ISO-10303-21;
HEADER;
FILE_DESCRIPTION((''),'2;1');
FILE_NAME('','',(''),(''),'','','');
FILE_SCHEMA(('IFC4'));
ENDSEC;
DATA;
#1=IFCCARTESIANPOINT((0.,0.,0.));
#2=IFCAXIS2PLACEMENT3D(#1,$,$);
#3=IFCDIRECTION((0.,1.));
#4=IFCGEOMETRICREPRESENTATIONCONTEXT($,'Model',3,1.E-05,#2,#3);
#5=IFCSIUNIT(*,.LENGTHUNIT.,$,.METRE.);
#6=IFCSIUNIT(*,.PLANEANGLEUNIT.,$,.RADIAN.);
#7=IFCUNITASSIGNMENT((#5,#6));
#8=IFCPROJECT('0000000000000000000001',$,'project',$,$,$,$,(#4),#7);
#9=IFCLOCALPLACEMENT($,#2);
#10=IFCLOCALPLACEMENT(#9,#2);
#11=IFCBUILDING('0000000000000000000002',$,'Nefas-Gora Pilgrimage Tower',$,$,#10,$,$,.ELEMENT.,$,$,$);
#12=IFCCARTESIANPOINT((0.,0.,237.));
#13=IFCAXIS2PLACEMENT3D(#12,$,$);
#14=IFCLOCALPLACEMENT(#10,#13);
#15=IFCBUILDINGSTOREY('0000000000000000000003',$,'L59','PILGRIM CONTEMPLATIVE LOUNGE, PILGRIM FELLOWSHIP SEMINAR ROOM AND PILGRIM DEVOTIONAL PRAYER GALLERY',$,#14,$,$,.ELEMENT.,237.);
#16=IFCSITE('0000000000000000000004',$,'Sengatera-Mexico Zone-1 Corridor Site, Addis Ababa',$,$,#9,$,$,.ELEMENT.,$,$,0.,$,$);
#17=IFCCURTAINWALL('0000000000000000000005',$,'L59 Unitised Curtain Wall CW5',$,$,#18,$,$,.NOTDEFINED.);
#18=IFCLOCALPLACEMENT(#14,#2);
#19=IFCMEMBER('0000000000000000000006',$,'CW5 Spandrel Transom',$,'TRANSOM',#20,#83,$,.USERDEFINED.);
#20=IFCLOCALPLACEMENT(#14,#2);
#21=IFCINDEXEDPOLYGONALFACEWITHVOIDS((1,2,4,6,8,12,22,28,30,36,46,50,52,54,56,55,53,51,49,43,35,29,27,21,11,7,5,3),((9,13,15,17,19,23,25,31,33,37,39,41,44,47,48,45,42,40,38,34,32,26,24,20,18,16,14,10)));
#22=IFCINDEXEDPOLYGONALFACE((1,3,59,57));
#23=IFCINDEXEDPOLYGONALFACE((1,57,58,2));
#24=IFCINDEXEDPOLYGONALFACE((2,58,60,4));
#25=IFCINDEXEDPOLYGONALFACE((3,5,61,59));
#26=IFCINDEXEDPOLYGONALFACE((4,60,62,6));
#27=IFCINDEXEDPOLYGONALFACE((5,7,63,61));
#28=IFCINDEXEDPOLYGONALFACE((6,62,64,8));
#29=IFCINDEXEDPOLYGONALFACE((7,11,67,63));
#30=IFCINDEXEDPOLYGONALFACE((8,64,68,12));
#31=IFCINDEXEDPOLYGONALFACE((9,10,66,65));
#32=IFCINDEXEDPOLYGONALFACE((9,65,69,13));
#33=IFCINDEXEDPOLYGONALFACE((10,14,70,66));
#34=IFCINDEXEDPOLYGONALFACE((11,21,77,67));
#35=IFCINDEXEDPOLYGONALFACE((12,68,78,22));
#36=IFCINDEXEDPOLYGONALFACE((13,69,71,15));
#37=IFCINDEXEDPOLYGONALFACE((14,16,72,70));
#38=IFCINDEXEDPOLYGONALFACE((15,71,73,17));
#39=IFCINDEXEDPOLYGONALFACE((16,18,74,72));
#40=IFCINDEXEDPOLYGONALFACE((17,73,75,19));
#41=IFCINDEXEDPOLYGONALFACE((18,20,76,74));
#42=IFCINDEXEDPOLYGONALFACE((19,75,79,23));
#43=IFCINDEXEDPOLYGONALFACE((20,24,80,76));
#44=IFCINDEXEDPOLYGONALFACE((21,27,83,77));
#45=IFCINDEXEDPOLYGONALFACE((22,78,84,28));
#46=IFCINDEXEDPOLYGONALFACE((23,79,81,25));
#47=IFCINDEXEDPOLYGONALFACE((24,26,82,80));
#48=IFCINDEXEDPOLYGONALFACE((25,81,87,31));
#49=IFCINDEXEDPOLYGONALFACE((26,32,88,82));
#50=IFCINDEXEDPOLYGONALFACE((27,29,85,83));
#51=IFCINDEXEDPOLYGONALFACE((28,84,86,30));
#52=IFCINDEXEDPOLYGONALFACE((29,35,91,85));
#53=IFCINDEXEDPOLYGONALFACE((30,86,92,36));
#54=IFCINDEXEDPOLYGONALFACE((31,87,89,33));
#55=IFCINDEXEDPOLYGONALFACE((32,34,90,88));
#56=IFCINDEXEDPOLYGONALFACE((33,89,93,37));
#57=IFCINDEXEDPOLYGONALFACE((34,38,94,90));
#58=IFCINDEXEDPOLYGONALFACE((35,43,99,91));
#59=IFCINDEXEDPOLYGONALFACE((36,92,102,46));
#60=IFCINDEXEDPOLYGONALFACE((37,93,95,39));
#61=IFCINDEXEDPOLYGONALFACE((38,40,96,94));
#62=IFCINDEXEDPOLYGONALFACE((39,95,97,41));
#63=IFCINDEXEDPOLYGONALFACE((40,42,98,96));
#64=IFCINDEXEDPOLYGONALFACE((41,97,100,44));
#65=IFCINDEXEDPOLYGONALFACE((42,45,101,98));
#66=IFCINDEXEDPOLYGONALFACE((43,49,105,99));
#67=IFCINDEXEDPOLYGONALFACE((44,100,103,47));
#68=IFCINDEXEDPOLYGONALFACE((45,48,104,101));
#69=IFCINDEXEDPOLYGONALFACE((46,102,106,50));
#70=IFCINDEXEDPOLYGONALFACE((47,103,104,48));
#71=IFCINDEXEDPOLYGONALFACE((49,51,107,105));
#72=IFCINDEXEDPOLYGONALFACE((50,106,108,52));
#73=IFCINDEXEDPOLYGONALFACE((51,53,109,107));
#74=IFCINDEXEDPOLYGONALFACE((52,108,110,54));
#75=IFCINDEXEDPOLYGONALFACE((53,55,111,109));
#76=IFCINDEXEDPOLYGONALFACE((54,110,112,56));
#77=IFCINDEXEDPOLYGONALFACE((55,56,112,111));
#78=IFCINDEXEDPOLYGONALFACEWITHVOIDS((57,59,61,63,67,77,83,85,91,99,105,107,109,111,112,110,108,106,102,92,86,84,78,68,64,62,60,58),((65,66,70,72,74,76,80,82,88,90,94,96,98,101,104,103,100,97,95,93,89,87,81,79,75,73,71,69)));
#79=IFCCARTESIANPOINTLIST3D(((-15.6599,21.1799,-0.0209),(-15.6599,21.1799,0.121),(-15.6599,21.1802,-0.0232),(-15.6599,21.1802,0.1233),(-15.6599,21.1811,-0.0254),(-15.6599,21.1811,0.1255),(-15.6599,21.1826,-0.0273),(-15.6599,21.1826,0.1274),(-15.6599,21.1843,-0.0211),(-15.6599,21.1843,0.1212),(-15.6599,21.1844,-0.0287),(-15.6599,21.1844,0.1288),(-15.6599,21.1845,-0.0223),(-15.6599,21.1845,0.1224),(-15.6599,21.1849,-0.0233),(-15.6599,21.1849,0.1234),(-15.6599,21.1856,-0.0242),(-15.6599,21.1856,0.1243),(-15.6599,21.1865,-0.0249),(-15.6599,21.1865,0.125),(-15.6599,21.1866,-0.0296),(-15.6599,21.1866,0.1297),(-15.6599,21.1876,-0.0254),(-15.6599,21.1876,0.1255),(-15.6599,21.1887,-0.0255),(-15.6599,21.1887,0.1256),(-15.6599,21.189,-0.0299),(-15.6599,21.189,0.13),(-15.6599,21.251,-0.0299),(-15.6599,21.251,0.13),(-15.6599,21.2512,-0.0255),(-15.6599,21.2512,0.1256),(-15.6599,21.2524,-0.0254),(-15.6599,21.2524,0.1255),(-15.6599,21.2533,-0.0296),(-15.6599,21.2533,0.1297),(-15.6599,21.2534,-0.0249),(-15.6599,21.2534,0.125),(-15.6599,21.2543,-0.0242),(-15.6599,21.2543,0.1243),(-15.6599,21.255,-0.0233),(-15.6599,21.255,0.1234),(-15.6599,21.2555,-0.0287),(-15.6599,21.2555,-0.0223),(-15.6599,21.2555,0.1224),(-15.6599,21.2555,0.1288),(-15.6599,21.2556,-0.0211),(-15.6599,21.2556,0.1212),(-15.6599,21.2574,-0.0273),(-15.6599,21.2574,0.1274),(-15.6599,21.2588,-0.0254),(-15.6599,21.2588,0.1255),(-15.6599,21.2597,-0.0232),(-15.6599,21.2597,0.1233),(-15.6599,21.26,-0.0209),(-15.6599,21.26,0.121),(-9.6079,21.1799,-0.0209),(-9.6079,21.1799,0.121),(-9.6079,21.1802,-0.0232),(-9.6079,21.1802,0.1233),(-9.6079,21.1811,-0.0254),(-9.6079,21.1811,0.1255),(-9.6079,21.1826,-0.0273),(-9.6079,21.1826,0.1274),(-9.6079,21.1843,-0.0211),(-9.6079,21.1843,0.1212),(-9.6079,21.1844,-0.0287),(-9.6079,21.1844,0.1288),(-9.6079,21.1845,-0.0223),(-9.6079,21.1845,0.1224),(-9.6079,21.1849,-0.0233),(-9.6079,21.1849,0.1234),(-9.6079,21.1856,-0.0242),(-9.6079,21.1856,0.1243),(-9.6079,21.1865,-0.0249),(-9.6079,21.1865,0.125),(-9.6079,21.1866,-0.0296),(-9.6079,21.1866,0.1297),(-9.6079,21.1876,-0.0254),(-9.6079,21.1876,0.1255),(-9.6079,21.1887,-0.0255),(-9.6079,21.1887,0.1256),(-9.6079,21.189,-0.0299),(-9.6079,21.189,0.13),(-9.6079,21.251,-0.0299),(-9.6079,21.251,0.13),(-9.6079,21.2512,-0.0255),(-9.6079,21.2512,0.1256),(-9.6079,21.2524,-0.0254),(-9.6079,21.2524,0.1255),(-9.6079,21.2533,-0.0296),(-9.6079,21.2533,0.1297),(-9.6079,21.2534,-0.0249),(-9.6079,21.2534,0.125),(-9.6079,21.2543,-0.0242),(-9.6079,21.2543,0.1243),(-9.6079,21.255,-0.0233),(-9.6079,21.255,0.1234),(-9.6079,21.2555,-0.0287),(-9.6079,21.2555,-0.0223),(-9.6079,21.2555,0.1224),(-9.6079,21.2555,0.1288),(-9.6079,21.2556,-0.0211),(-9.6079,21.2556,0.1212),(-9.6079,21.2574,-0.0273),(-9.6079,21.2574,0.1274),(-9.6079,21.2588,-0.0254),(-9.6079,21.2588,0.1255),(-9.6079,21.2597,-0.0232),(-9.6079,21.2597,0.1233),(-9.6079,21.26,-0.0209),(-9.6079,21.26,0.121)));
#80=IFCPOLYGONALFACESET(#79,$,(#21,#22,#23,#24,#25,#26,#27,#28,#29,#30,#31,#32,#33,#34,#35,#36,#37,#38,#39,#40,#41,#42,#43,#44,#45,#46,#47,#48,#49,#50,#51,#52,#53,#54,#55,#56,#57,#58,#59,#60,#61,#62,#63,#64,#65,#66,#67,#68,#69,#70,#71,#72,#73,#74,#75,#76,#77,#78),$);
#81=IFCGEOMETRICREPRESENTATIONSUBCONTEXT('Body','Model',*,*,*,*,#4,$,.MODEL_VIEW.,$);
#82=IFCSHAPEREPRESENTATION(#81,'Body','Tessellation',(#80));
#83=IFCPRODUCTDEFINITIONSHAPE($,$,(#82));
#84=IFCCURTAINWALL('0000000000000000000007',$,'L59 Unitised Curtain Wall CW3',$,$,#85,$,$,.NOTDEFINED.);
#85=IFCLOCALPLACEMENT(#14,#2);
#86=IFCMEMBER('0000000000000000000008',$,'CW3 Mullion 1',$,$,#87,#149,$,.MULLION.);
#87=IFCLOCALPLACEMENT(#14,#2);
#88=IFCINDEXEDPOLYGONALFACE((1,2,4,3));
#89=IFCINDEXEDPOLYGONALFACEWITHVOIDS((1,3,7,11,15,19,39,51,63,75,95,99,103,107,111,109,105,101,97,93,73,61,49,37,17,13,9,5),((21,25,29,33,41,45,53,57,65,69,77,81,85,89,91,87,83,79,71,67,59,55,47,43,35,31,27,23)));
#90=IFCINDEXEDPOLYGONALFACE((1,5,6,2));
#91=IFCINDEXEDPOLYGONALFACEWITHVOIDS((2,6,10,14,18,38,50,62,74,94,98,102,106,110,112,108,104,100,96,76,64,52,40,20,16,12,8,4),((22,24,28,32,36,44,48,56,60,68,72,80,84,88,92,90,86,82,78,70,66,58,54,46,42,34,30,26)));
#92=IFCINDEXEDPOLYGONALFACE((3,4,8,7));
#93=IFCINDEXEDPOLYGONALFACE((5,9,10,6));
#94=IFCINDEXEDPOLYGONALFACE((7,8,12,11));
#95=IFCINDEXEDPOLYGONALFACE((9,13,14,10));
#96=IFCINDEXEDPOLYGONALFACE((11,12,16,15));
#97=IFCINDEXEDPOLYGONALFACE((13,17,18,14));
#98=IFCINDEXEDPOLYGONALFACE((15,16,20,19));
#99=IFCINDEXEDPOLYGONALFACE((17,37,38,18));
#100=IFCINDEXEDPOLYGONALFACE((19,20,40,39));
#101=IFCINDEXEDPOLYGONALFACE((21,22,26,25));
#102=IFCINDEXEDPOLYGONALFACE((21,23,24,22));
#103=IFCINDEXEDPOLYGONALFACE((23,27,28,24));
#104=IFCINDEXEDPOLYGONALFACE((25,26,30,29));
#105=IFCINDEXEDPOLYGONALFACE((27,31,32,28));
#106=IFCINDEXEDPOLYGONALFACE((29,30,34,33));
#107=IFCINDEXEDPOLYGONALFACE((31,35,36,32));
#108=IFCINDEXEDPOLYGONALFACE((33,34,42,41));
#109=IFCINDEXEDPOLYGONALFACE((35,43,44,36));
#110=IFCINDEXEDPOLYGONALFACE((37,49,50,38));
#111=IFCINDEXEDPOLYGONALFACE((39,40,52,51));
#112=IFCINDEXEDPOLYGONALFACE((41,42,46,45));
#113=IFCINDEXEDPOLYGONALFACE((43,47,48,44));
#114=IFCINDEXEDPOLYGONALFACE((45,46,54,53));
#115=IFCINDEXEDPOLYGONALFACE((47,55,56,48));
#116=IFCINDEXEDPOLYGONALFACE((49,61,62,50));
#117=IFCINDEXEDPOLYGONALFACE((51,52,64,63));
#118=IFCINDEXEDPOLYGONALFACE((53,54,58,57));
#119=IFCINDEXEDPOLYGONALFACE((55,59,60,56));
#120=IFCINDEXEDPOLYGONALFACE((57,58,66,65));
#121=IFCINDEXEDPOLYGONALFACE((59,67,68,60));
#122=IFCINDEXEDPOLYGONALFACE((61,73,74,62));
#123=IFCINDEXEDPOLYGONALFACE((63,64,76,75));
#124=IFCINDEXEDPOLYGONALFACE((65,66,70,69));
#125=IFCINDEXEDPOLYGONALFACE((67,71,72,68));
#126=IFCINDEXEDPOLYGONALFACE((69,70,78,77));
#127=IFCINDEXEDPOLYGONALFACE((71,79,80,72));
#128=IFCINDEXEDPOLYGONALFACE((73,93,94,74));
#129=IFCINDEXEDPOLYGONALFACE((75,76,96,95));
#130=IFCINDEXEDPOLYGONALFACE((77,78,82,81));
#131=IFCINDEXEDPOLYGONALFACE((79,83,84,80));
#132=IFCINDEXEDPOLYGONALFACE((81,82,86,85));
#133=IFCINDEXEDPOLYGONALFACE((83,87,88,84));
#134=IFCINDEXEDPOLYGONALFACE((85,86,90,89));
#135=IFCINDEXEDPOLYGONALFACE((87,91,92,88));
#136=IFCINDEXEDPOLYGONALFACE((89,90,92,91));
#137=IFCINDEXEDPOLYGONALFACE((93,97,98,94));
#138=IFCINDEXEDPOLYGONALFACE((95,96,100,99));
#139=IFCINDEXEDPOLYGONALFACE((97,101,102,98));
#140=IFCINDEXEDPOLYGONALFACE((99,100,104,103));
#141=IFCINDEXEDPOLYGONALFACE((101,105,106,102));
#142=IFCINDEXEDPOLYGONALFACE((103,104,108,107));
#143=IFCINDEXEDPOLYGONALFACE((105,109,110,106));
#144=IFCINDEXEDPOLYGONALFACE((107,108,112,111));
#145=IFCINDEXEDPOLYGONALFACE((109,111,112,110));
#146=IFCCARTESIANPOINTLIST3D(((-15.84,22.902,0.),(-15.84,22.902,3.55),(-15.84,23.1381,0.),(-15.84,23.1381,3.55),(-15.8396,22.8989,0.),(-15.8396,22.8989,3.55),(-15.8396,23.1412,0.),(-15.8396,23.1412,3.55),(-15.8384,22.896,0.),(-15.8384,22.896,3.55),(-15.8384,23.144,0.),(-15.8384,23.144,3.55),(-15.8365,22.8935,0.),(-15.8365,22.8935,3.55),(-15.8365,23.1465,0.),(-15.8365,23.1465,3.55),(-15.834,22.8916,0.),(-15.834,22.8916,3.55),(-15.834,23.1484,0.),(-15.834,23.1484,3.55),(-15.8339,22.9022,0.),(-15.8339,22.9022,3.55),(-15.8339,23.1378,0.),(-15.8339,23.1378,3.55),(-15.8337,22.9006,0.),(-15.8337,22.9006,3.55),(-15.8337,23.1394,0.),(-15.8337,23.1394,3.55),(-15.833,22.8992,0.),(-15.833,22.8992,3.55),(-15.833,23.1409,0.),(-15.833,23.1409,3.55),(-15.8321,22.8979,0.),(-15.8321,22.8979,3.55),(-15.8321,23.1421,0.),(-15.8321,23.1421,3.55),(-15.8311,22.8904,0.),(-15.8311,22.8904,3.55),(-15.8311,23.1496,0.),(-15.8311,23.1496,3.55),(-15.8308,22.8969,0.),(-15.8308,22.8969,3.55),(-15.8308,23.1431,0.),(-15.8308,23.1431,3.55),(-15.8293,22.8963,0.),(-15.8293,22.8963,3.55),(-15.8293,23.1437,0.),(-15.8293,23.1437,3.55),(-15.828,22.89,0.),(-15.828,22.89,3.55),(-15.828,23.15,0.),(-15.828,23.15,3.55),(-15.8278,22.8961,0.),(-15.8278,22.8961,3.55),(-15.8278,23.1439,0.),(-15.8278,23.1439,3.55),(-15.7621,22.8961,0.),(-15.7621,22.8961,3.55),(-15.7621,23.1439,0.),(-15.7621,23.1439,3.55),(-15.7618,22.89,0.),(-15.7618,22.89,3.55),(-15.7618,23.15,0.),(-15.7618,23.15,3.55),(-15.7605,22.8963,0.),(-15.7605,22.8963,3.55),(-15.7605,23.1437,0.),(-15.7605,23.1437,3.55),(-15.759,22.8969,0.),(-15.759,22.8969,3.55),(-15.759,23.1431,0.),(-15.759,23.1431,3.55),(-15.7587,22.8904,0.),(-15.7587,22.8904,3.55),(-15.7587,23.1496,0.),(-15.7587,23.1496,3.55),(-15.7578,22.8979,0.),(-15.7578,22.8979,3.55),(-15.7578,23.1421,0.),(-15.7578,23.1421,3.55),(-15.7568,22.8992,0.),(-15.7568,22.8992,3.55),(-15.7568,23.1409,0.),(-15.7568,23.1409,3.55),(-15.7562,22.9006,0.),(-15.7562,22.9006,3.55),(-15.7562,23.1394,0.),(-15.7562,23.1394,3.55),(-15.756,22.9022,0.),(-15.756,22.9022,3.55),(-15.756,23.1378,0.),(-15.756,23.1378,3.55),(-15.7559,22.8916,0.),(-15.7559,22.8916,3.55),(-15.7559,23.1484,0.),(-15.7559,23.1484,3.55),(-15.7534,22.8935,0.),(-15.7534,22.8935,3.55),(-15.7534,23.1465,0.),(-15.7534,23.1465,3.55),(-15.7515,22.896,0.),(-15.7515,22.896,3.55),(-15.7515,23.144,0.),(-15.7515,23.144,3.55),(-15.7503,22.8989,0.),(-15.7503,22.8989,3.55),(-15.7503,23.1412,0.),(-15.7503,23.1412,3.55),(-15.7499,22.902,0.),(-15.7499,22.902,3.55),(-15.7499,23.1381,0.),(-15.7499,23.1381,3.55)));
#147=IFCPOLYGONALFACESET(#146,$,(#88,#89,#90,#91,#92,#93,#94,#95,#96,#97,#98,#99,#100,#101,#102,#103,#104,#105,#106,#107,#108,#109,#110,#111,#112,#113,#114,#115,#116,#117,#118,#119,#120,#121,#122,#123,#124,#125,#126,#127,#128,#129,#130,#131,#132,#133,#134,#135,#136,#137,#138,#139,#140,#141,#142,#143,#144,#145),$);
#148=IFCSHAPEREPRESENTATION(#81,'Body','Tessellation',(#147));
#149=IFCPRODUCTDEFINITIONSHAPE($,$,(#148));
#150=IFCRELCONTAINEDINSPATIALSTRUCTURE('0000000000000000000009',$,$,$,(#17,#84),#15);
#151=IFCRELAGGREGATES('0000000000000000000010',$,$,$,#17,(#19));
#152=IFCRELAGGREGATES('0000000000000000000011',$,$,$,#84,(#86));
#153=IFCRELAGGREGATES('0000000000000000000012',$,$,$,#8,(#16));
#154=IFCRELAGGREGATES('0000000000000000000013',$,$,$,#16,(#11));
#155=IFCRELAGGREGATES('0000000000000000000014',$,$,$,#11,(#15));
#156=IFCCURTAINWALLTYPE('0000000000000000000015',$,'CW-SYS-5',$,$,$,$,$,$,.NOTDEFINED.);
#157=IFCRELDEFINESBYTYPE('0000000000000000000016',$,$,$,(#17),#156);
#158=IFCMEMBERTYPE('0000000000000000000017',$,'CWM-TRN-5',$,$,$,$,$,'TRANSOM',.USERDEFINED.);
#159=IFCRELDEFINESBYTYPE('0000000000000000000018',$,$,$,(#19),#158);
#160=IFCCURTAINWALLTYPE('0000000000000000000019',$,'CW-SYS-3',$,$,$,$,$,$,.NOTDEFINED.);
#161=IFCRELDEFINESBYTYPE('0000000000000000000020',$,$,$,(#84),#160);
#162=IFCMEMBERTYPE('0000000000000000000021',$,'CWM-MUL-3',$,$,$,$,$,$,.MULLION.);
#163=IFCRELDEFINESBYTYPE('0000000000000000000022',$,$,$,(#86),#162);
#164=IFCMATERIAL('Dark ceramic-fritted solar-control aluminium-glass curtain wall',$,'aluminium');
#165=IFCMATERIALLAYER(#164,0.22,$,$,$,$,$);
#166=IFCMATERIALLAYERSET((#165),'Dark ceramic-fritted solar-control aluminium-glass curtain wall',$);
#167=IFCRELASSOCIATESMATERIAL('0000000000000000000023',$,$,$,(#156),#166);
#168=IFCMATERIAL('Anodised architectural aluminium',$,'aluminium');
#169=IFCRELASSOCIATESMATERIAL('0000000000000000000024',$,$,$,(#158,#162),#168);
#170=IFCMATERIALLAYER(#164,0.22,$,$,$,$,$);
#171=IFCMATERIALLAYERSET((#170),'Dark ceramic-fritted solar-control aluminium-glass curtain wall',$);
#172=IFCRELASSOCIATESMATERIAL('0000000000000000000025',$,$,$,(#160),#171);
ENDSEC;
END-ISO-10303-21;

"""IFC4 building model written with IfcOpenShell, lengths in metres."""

from ifc_helpers import new_model, si_unit, direction, frame, origin, origin_2d, place, context, subcontext, project, spatial, hollow_rectangle, extrude, source, transform, mapped, material, layer, layer_set, material_profile, profile_set, type_object, element, aggregate, save


model = new_model("IFC4")

# Units and contexts
model_context = context("Model", 3, precision=1e-05, world=origin(), true_north=direction((0.0, 1.0)))
body_context = subcontext(model_context, "Body", "Model", "MODEL_VIEW")
ifc_project = project(units=[si_unit("LENGTHUNIT", "METRE"), si_unit("PLANEANGLEUNIT", "RADIAN")], contexts=[model_context])

# Site, building, storey
site_placement = place(None, origin())
site = spatial("IfcSite", under=ifc_project, at=site_placement, Name="Sengatera-Mexico Zone-1 Corridor Site, Addis Ababa", CompositionType="ELEMENT", RefElevation=0.0)
building_placement = place(site_placement, origin())
building = spatial("IfcBuilding", under=site, at=building_placement, Name="Nefas-Gora Pilgrimage Tower", CompositionType="ELEMENT")
storey_placement = place(building_placement, frame((0.0, 0.0, 237.0)))
storey = spatial("IfcBuildingStorey", under=building, at=storey_placement, Name="L59", Description="PILGRIM CONTEMPLATIVE LOUNGE, PILGRIM FELLOWSHIP SEMINAR ROOM AND PILGRIM DEVOTIONAL PRAYER GALLERY", CompositionType="ELEMENT", Elevation=237.0)

# Curtain walls, members
ifc_material_1 = material(Name="Dark ceramic-fritted solar-control aluminium-glass curtain wall", Category="aluminium")
ifc_layer_1 = layer(ifc_material_1, 0.22)
ifc_layer_set_1 = layer_set([ifc_layer_1], Name="Dark ceramic-fritted solar-control aluminium-glass curtain wall")
curtain_wall_type_1 = type_object("IfcCurtainWallType", Name="CW-SYS-5", PredefinedType="NOTDEFINED", material=ifc_layer_set_1)
curtain_wall_1_placement = place(storey_placement, origin())
curtain_wall_1 = element("IfcCurtainWall", 1, at=curtain_wall_1_placement, inside=storey, type_object=curtain_wall_type_1, Name="L59 Unitised Curtain Wall CW5", PredefinedType="NOTDEFINED")
ifc_material_2 = material(Name="Anodised architectural aluminium", Category="aluminium")
ifc_material_profile_1 = material_profile(ifc_material_2, hollow_rectangle(XDim=0.0801, YDim=0.1599, WallThickness=0.0044, InnerFilletRadius=0.0044, OuterFilletRadius=0.009, at=origin_2d()), Name="ALU TRANSOM 80x160")
ifc_profile_set_1 = profile_set([ifc_material_profile_1], Name="Anodised architectural aluminium")
member_type_1 = type_object("IfcMemberType", Name="CWM-TRN-5", ElementType="TRANSOM", PredefinedType="USERDEFINED", material=ifc_profile_set_1)
shared_shape_1 = source(origin(), body_context, "Body", "SweptSolid", [
    extrude(hollow_rectangle(XDim=0.0801, YDim=0.1599, WallThickness=0.0044, InnerFilletRadius=0.0044, OuterFilletRadius=0.009, at=origin_2d()), origin(), (0.0, 0.0, 1.0), 6.052),
])
member_1_placement = place(storey_placement, frame((-9.6079, 21.22, 0.05), z_axis=(-1.0, 0.0, 0.0), x_axis=(0.0, -1.0, 0.0)))
member_1 = element("IfcMember", 2, at=member_1_placement, type_object=member_type_1, Name="CW5 Spandrel Transom", ObjectType="TRANSOM", PredefinedType="USERDEFINED", context=body_context, shape_type="MappedRepresentation", body=[
    mapped(shared_shape_1, transform((0.0, 0.0, 0.0), x_axis=(1.0, 0.0, 0.0), y_axis=(0.0, 1.0, 0.0), z_axis=(0.0, 0.0, 1.0), scale=1.0)),
])
ifc_layer_2 = layer(ifc_material_1, 0.22)
ifc_layer_set_2 = layer_set([ifc_layer_2], Name="Dark ceramic-fritted solar-control aluminium-glass curtain wall")
curtain_wall_type_2 = type_object("IfcCurtainWallType", Name="CW-SYS-3", PredefinedType="NOTDEFINED", material=ifc_layer_set_2)
curtain_wall_2_placement = place(storey_placement, origin())
curtain_wall_2 = element("IfcCurtainWall", 3, at=curtain_wall_2_placement, inside=storey, type_object=curtain_wall_type_2, Name="L59 Unitised Curtain Wall CW3", PredefinedType="NOTDEFINED")
ifc_material_profile_2 = material_profile(ifc_material_2, hollow_rectangle(XDim=0.0901, YDim=0.26, WallThickness=0.0061, InnerFilletRadius=0.0061, OuterFilletRadius=0.012, at=origin_2d()), Name="ALU MULLION 90x260")
ifc_profile_set_2 = profile_set([ifc_material_profile_2], Name="Anodised architectural aluminium")
member_type_2 = type_object("IfcMemberType", Name="CWM-MUL-3", PredefinedType="MULLION", material=ifc_profile_set_2)
shared_shape_2 = source(origin(), body_context, "Body", "SweptSolid", [
    extrude(hollow_rectangle(XDim=0.0901, YDim=0.26, WallThickness=0.0061, InnerFilletRadius=0.0061, OuterFilletRadius=0.012, at=origin_2d()), origin(), (0.0, 0.0, 1.0), 3.55),
])
member_2_placement = place(storey_placement, frame((-15.7949, 23.02, 0.0), z_axis=(0.0, 0.0, 1.0), x_axis=(-1.0, 0.0, 0.0)))
member_2 = element("IfcMember", 4, at=member_2_placement, type_object=member_type_2, Name="CW3 Mullion 1", PredefinedType="MULLION", context=body_context, shape_type="MappedRepresentation", body=[
    mapped(shared_shape_2, transform((0.0, 0.0, 0.0), x_axis=(1.0, 0.0, 0.0), y_axis=(0.0, 1.0, 0.0), z_axis=(0.0, 0.0, 1.0), scale=1.0)),
])

aggregate(curtain_wall_1, [member_1])
aggregate(curtain_wall_2, [member_2])

save(model, "model.ifc")
